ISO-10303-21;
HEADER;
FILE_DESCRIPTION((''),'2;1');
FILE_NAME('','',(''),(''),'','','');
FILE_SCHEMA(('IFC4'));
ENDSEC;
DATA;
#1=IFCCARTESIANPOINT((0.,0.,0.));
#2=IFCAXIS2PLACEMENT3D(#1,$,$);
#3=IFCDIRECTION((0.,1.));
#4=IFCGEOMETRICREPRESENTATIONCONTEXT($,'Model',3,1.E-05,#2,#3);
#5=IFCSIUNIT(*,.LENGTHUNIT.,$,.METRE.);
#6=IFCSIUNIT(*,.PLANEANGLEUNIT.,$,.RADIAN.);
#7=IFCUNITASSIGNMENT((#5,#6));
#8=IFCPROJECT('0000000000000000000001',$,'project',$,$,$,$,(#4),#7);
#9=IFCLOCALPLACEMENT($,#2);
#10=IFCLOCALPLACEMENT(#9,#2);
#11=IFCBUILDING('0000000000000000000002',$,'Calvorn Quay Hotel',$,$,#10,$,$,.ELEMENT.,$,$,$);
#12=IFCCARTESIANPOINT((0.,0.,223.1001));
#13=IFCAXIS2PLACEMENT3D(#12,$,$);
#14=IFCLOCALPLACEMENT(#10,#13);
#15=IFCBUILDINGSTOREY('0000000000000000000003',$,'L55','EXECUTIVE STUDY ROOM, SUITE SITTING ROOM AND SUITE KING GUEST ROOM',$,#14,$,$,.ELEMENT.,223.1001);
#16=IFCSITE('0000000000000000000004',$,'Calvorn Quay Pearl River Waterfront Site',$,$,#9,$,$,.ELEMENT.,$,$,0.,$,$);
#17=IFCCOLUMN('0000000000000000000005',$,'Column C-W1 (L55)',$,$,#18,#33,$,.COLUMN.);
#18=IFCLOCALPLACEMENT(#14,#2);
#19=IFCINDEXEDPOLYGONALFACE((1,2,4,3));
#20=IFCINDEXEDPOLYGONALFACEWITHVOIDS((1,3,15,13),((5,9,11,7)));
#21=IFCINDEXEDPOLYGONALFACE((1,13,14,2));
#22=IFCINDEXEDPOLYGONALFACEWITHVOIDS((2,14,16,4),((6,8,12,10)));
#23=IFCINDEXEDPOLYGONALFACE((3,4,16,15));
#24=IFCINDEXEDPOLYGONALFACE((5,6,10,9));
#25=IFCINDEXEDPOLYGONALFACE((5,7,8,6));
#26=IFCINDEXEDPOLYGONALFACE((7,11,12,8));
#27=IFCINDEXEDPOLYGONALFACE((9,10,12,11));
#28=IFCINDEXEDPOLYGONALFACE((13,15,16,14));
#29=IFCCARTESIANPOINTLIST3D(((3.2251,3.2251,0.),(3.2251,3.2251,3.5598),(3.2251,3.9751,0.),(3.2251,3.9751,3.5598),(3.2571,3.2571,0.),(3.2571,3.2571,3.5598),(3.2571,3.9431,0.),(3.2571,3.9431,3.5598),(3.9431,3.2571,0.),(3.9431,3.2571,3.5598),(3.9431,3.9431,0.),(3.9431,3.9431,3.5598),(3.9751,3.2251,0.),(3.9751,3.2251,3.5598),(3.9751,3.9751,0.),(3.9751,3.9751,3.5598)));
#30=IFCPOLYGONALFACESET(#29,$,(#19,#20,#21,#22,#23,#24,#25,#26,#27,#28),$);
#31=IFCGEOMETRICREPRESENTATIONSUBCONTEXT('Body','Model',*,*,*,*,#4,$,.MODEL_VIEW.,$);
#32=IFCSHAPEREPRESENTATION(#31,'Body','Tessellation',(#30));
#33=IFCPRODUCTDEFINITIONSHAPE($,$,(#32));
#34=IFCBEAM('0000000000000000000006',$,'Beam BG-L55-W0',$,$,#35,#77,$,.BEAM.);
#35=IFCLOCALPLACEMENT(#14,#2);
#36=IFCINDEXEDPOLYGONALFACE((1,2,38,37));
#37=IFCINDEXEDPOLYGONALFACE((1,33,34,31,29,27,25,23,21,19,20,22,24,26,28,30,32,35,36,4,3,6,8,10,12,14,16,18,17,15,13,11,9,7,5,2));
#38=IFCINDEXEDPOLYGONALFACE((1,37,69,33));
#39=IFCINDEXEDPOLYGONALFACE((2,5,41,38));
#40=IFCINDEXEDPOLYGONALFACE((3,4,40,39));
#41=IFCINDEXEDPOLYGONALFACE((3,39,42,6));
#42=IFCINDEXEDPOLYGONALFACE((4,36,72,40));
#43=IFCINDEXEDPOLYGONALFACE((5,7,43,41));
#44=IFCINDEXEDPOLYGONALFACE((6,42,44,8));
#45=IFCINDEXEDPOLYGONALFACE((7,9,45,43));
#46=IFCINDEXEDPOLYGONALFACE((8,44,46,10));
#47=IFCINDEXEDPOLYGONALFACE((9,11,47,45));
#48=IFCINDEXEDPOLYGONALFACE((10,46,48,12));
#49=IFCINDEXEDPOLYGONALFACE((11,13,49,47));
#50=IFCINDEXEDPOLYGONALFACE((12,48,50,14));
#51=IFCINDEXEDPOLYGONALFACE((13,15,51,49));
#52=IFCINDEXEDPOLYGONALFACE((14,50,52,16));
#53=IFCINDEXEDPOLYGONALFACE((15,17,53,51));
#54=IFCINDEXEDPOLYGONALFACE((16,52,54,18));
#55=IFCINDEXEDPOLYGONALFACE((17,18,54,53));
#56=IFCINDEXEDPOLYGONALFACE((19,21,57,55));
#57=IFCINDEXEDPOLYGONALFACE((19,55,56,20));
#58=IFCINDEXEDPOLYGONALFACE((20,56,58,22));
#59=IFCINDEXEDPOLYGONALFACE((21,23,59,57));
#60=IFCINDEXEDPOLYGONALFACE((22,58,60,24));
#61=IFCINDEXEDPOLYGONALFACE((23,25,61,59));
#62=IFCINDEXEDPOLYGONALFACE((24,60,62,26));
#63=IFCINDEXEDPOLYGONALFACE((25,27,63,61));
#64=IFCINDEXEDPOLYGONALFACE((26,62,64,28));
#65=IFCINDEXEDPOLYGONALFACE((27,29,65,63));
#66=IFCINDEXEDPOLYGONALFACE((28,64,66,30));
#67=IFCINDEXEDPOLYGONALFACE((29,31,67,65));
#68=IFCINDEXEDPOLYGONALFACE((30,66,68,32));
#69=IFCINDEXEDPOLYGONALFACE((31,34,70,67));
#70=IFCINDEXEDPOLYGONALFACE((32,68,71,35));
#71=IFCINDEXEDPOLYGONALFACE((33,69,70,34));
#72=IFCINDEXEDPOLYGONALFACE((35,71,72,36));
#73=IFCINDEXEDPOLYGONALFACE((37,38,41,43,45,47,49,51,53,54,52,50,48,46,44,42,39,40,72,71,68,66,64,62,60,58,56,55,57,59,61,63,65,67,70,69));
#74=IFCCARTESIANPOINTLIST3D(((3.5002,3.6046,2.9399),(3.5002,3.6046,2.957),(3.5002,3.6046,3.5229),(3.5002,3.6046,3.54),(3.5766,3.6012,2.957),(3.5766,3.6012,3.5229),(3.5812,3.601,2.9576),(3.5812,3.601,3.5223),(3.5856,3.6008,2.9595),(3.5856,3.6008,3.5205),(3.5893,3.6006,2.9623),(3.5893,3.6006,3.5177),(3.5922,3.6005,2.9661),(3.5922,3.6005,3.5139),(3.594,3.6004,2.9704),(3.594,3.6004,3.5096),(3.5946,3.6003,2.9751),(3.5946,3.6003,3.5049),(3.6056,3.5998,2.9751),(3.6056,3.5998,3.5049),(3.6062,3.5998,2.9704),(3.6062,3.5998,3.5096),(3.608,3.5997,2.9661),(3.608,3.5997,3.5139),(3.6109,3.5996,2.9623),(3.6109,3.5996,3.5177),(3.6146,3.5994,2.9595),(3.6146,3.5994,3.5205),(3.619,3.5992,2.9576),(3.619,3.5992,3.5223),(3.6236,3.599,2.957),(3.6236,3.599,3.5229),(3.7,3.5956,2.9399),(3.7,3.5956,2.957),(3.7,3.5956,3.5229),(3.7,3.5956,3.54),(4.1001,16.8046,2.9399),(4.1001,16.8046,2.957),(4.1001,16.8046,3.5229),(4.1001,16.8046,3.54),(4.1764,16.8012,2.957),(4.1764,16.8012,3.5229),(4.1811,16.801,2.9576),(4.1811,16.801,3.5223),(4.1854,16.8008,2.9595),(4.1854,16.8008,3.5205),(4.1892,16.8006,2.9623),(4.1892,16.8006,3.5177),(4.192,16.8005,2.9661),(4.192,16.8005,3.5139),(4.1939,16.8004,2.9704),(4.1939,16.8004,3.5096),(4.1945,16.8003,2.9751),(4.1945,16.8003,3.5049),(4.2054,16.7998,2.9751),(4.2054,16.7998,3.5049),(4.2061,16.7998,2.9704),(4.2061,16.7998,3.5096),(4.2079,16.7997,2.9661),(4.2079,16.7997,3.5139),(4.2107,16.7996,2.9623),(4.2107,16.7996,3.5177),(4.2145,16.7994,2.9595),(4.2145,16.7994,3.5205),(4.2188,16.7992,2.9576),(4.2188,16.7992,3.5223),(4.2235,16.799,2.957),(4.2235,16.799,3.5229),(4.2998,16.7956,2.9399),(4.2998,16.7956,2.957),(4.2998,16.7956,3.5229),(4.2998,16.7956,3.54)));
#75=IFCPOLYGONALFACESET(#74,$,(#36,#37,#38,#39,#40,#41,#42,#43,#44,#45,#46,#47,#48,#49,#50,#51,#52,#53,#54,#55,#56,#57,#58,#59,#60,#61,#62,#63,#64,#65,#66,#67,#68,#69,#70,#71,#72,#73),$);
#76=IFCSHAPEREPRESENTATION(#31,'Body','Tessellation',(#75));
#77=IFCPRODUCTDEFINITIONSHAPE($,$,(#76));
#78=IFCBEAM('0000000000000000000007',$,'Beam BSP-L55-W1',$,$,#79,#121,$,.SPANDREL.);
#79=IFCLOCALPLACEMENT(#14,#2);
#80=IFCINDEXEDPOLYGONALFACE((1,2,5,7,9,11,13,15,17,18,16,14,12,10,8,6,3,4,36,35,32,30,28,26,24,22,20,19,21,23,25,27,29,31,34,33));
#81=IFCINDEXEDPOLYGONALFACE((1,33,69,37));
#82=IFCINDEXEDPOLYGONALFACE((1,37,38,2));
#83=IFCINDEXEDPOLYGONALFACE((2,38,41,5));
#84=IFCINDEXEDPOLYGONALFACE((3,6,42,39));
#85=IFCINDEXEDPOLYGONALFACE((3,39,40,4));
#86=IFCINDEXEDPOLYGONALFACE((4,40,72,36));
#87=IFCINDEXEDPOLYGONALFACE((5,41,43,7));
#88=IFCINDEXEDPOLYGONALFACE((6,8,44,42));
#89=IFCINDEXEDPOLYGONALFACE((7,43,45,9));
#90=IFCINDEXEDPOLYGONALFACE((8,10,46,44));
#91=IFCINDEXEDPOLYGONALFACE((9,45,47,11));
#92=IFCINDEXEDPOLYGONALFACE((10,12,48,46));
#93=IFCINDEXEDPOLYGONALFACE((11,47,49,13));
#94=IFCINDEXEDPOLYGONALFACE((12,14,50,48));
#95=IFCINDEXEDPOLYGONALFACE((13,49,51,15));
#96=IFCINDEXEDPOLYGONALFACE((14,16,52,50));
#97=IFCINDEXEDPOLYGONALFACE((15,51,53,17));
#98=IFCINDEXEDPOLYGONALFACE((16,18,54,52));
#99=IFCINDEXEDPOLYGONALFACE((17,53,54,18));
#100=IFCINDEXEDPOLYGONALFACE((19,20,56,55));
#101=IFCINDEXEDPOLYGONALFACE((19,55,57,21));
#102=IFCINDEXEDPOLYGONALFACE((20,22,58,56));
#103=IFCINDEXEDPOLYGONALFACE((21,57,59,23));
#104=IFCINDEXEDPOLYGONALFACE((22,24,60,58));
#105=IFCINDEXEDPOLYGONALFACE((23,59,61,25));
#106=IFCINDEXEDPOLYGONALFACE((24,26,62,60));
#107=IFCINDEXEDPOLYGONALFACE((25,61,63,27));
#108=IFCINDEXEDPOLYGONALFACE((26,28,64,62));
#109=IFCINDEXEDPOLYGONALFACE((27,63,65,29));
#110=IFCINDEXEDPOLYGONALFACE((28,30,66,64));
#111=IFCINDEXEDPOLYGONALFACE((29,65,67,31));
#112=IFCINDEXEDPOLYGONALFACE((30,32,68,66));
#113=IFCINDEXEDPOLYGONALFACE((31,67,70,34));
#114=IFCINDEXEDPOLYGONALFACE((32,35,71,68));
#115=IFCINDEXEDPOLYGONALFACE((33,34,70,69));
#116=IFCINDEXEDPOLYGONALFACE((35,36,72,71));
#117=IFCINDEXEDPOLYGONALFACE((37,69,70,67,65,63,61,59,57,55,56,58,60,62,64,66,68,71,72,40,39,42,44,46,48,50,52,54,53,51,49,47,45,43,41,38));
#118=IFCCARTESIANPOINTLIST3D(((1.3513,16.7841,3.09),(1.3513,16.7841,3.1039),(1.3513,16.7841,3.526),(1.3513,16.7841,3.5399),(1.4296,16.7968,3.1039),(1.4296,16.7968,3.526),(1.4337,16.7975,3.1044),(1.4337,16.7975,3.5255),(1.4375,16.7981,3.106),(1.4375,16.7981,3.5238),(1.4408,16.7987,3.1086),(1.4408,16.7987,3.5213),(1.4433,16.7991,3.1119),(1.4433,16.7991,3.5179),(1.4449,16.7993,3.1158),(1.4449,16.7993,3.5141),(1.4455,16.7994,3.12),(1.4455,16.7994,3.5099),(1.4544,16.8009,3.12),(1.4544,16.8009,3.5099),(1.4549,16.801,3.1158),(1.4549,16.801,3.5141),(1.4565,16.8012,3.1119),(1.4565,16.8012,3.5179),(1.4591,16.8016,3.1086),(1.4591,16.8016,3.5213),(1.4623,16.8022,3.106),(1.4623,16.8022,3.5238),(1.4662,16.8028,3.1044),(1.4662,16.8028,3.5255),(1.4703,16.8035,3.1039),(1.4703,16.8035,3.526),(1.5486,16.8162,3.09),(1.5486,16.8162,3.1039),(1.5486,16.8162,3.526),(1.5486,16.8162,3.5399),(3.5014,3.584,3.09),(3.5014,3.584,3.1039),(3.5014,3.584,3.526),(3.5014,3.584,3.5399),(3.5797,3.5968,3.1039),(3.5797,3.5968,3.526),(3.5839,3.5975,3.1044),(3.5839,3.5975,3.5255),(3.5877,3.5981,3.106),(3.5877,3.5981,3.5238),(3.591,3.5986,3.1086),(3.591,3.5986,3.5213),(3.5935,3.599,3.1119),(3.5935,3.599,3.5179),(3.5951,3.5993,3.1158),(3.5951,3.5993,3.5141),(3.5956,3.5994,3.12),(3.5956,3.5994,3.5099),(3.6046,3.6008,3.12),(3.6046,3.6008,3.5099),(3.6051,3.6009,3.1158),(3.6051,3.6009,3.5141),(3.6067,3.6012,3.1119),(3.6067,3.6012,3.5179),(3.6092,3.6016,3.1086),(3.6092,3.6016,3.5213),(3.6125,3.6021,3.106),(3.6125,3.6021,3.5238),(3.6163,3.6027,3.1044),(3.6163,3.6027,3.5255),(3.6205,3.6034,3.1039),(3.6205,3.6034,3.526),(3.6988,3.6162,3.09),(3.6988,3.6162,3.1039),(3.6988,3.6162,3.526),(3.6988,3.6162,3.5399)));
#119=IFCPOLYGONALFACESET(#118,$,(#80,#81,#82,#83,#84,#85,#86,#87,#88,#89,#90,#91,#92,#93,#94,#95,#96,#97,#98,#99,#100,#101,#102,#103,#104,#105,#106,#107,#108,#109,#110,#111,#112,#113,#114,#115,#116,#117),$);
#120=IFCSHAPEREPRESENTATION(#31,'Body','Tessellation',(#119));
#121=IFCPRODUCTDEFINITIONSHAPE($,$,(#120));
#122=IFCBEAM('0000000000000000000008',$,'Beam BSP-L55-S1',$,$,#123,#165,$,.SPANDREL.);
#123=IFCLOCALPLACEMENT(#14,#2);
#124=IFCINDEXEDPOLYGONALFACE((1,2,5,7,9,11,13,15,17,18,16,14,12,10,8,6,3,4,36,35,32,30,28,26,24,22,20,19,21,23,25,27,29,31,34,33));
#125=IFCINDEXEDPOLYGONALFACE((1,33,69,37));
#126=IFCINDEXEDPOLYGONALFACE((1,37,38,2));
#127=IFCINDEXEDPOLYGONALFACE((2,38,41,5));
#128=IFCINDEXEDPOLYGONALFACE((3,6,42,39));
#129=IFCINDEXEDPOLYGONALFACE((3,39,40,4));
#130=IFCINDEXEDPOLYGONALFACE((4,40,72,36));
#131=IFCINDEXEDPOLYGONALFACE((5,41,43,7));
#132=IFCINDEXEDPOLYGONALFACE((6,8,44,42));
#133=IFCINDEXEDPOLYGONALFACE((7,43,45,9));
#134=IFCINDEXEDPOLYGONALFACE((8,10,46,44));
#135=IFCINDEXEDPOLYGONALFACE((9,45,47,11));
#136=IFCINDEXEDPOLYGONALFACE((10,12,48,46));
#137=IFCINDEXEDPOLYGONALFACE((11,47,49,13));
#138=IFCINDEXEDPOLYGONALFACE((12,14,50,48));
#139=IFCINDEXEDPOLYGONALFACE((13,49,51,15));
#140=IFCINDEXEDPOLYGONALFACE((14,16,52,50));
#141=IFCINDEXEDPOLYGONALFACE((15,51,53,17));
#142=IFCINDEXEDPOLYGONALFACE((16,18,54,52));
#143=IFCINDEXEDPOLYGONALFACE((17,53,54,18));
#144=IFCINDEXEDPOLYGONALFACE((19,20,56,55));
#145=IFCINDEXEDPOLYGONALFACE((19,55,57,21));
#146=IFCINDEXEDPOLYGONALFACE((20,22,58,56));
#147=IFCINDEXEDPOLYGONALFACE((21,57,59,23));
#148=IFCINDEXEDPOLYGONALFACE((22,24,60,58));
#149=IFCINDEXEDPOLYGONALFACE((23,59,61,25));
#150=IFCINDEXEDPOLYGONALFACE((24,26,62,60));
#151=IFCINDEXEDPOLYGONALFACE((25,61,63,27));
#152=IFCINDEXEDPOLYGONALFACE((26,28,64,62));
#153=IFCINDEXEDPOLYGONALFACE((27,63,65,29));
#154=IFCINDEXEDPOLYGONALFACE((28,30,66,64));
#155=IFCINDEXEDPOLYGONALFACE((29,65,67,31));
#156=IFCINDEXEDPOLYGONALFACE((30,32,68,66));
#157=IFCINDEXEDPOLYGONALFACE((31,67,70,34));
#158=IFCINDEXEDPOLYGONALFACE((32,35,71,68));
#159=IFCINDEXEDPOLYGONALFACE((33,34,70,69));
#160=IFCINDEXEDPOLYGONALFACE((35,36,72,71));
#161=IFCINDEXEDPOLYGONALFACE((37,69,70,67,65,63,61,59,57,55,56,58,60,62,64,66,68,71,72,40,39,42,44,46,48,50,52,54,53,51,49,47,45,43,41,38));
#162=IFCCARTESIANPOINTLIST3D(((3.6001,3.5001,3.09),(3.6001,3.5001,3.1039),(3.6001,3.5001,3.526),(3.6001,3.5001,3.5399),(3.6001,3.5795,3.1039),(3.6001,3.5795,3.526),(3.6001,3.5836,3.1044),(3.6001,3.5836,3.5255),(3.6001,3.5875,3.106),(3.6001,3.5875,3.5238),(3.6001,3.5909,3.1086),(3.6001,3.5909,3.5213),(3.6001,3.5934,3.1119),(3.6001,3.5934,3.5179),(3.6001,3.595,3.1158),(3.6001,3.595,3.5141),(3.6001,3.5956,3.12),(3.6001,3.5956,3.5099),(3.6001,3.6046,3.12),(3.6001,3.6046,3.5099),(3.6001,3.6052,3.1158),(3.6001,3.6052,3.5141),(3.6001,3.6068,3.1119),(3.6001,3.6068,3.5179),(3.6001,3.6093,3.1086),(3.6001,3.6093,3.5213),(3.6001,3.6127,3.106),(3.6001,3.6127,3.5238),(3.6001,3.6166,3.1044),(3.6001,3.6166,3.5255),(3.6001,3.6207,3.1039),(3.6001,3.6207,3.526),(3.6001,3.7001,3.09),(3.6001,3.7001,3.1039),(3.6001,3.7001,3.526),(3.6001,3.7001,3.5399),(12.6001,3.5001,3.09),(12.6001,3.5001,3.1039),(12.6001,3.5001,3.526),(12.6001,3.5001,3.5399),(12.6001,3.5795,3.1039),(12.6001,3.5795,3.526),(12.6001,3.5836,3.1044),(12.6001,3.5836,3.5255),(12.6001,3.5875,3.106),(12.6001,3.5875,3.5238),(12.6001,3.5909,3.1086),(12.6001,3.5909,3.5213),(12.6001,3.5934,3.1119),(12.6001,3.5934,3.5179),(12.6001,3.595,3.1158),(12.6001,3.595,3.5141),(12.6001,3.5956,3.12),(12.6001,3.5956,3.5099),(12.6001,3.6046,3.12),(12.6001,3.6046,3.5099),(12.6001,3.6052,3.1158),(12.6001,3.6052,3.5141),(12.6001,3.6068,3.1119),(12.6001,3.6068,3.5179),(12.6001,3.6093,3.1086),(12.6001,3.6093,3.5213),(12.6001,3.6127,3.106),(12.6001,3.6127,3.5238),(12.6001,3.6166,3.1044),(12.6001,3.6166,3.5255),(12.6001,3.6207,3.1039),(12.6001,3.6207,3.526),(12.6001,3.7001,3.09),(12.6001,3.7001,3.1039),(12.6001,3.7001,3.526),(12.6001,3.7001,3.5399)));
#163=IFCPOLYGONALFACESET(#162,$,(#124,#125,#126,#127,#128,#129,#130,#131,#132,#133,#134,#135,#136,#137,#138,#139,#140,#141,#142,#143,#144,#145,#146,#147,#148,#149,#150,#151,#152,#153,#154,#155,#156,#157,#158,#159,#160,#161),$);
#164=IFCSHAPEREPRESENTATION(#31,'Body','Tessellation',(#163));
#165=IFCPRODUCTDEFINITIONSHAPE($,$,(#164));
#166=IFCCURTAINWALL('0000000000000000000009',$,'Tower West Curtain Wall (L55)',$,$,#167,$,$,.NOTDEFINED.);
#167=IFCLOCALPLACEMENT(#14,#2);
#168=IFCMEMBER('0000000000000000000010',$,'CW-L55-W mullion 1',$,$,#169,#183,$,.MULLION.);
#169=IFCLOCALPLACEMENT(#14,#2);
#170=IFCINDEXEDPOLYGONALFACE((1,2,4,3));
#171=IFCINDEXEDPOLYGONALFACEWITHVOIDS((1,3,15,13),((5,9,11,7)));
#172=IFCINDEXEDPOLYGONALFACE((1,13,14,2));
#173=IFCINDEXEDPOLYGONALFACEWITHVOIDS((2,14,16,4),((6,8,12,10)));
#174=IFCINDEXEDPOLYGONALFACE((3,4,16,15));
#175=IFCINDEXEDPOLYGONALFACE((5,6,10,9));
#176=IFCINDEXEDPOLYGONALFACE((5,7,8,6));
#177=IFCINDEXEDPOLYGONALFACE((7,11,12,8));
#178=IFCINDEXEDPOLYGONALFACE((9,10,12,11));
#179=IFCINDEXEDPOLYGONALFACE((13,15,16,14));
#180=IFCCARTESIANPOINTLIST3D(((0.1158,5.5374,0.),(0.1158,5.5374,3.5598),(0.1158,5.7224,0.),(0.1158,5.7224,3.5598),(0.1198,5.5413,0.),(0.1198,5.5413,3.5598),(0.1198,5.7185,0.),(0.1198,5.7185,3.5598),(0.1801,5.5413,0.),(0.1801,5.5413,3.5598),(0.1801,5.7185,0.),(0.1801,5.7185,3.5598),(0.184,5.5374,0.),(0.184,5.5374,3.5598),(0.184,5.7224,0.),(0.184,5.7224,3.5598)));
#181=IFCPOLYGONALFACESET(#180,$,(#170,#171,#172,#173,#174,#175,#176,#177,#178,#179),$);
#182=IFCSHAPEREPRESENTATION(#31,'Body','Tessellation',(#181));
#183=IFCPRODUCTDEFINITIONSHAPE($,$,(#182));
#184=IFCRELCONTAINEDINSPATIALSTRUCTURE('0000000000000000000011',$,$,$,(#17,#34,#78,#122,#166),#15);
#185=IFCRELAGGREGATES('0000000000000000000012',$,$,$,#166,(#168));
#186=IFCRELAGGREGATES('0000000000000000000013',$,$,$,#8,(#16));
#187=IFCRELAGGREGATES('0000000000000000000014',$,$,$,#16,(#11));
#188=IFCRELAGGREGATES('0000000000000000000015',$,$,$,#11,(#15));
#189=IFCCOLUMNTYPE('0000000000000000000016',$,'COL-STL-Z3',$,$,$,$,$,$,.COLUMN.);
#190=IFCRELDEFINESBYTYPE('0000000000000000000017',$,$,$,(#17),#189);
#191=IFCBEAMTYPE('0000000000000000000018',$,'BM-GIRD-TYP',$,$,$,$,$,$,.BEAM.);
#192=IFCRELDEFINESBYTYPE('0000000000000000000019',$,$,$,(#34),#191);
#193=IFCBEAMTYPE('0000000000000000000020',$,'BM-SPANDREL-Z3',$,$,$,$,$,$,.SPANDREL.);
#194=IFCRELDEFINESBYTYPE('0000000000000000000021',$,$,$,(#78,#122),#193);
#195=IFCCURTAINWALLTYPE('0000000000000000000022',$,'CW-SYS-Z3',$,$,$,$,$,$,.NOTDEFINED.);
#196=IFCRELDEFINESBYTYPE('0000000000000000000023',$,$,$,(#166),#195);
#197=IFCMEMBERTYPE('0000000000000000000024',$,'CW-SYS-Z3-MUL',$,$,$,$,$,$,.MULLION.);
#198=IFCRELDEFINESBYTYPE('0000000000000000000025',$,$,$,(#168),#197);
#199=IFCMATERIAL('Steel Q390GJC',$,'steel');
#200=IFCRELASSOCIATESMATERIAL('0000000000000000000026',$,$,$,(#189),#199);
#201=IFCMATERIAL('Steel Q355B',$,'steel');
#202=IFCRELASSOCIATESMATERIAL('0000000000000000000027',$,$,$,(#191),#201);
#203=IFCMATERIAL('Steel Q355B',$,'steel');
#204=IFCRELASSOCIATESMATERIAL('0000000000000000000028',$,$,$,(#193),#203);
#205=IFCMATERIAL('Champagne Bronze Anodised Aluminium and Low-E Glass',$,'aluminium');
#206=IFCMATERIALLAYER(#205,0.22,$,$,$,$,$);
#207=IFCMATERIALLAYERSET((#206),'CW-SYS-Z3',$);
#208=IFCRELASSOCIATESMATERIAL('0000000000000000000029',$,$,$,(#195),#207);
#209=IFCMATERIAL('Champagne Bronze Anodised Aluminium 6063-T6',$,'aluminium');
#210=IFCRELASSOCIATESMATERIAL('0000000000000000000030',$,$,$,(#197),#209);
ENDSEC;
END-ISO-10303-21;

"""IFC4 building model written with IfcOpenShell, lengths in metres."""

from ifc_helpers import new_model, si_unit, direction, frame, origin, origin_2d, place, context, subcontext, project, spatial, hollow_rectangle, i_section, extrude, material, layer, layer_set, material_profile, profile_set, type_object, element, aggregate, save


model = new_model("IFC4")

# Units and contexts
model_context = context("Model", 3, precision=1e-05, world=origin(), true_north=direction((0.0, 1.0)))
body_context = subcontext(model_context, "Body", "Model", "MODEL_VIEW")
ifc_project = project(units=[si_unit("LENGTHUNIT", "METRE"), si_unit("PLANEANGLEUNIT", "RADIAN")], contexts=[model_context])

# Site, building, storey
site_placement = place(None, origin())
site = spatial("IfcSite", under=ifc_project, at=site_placement, Name="Calvorn Quay Pearl River Waterfront Site", CompositionType="ELEMENT", RefElevation=0.0)
building_placement = place(site_placement, origin())
building = spatial("IfcBuilding", under=site, at=building_placement, Name="Calvorn Quay Hotel", CompositionType="ELEMENT")
storey_placement = place(building_placement, frame((0.0, 0.0, 223.1001)))
storey = spatial("IfcBuildingStorey", under=building, at=storey_placement, Name="L55", Description="EXECUTIVE STUDY ROOM, SUITE SITTING ROOM AND SUITE KING GUEST ROOM", CompositionType="ELEMENT", Elevation=223.1001)

# Column
ifc_material_1 = material(Name="Steel Q390GJC", Category="steel")
ifc_material_profile_1 = material_profile(ifc_material_1, hollow_rectangle(XDim=0.75, YDim=0.75, WallThickness=0.032, at=origin_2d()), Name="BOX750x750x32")
ifc_profile_set_1 = profile_set([ifc_material_profile_1], Name="Steel Q390GJC")
column_type = type_object("IfcColumnType", Name="COL-STL-Z3", PredefinedType="COLUMN", material=ifc_profile_set_1)
column_placement = place(storey_placement, frame((3.6001, 3.6001, 0.0), z_axis=(0.0, 0.0, 1.0), x_axis=(1.0, 0.0, 0.0)))
element("IfcColumn", 1, at=column_placement, inside=storey, type_object=column_type, Name="Column C-W1 (L55)", PredefinedType="COLUMN", context=body_context, shape_type="SweptSolid", body=[
    extrude(hollow_rectangle(XDim=0.75, YDim=0.75, WallThickness=0.032, at=origin_2d()), origin(), (0.0, 0.0, 1.0), 3.5598),
])

# Beams
ifc_material_2 = material(Name="Steel Q355B", Category="steel")
ifc_material_profile_2 = material_profile(ifc_material_2, i_section(OverallWidth=0.2, OverallDepth=0.6001, WebThickness=0.011, FlangeThickness=0.0171, FilletRadius=0.0181, at=origin_2d()), Name="HN600x200x11x17")
ifc_profile_set_2 = profile_set([ifc_material_profile_2], Name="Steel Q355B")
beam_type_1 = type_object("IfcBeamType", Name="BM-GIRD-TYP", PredefinedType="BEAM", material=ifc_profile_set_2)
beam_1_placement = place(storey_placement, frame((3.6001, 3.6001, 3.24), z_axis=(0.045397, 0.998969, 0.0), x_axis=(-0.998969, 0.045397, 0.0)))
element("IfcBeam", 2, at=beam_1_placement, inside=storey, type_object=beam_type_1, Name="Beam BG-L55-W0", PredefinedType="BEAM", context=body_context, shape_type="SweptSolid", body=[
    extrude(i_section(OverallWidth=0.2, OverallDepth=0.6001, WebThickness=0.011, FlangeThickness=0.0171, FilletRadius=0.0181, at=origin_2d()), origin(), (0.0, 0.0, 1.0), 13.2136),
])
ifc_material_3 = material(Name="Steel Q355B", Category="steel")
ifc_material_profile_3 = material_profile(ifc_material_3, i_section(OverallWidth=0.2, OverallDepth=0.45, WebThickness=0.009, FlangeThickness=0.0139, FilletRadius=0.0161, at=origin_2d()), Name="HN450x200x9x14")
ifc_profile_set_3 = profile_set([ifc_material_profile_3], Name="Steel Q355B")
beam_type_2 = type_object("IfcBeamType", Name="BM-SPANDREL-Z3", PredefinedType="SPANDREL", material=ifc_profile_set_3)
beam_2_placement = place(storey_placement, frame((3.6001, 3.6001, 3.3149), z_axis=(-0.160772, 0.986992, 0.0), x_axis=(-0.986992, -0.160772, 0.0)))
element("IfcBeam", 3, at=beam_2_placement, inside=storey, type_object=beam_type_2, Name="Beam BSP-L55-W1", PredefinedType="SPANDREL", context=body_context, shape_type="SweptSolid", body=[
    extrude(i_section(OverallWidth=0.2, OverallDepth=0.45, WebThickness=0.009, FlangeThickness=0.0139, FilletRadius=0.0161, at=origin_2d()), origin(), (0.0, 0.0, 1.0), 13.374),
])
beam_3_placement = place(storey_placement, frame((3.6001, 3.6001, 3.3149), z_axis=(1.0, 0.0, 0.0), x_axis=(0.0, 1.0, 0.0)))
element("IfcBeam", 4, at=beam_3_placement, inside=storey, type_object=beam_type_2, Name="Beam BSP-L55-S1", PredefinedType="SPANDREL", context=body_context, shape_type="SweptSolid", body=[
    extrude(i_section(OverallWidth=0.2, OverallDepth=0.45, WebThickness=0.009, FlangeThickness=0.0139, FilletRadius=0.0161, at=origin_2d()), origin(), (0.0, 0.0, 1.0), 9.0),
])

# Curtain wall, member
ifc_material_4 = material(Name="Champagne Bronze Anodised Aluminium and Low-E Glass", Category="aluminium")
ifc_layer_1 = layer(ifc_material_4, 0.22)
ifc_layer_set_1 = layer_set([ifc_layer_1], Name="CW-SYS-Z3")
curtain_wall_type = type_object("IfcCurtainWallType", Name="CW-SYS-Z3", PredefinedType="NOTDEFINED", material=ifc_layer_set_1)
curtain_wall_placement = place(storey_placement, origin())
curtain_wall = element("IfcCurtainWall", 5, at=curtain_wall_placement, inside=storey, type_object=curtain_wall_type, Name="Tower West Curtain Wall (L55)", PredefinedType="NOTDEFINED")
ifc_material_5 = material(Name="Champagne Bronze Anodised Aluminium 6063-T6", Category="aluminium")
ifc_material_profile_4 = material_profile(ifc_material_5, hollow_rectangle(XDim=0.0681, YDim=0.1851, WallThickness=0.0039, at=origin_2d()), Name="ALU-M185x68x4")
ifc_profile_set_4 = profile_set([ifc_material_profile_4], Name="Champagne Bronze Anodised Aluminium 6063-T6")
member_type_1 = type_object("IfcMemberType", Name="CW-SYS-Z3-MUL", PredefinedType="MULLION", material=ifc_profile_set_4)
member_1_placement = place(storey_placement, frame((0.1499, 5.6299, 0.0), z_axis=(0.0, 0.0, 1.0), x_axis=(-1.0, 0.0, 0.0)))
member_1 = element("IfcMember", 6, at=member_1_placement, type_object=member_type_1, Name="CW-L55-W mullion 1", PredefinedType="MULLION", context=body_context, shape_type="SweptSolid", body=[
    extrude(hollow_rectangle(XDim=0.0681, YDim=0.1851, WallThickness=0.0039, at=origin_2d()), origin(), (0.0, 0.0, 1.0), 3.5598),
])
aggregate(curtain_wall, [member_1])

save(model, "model.ifc")
